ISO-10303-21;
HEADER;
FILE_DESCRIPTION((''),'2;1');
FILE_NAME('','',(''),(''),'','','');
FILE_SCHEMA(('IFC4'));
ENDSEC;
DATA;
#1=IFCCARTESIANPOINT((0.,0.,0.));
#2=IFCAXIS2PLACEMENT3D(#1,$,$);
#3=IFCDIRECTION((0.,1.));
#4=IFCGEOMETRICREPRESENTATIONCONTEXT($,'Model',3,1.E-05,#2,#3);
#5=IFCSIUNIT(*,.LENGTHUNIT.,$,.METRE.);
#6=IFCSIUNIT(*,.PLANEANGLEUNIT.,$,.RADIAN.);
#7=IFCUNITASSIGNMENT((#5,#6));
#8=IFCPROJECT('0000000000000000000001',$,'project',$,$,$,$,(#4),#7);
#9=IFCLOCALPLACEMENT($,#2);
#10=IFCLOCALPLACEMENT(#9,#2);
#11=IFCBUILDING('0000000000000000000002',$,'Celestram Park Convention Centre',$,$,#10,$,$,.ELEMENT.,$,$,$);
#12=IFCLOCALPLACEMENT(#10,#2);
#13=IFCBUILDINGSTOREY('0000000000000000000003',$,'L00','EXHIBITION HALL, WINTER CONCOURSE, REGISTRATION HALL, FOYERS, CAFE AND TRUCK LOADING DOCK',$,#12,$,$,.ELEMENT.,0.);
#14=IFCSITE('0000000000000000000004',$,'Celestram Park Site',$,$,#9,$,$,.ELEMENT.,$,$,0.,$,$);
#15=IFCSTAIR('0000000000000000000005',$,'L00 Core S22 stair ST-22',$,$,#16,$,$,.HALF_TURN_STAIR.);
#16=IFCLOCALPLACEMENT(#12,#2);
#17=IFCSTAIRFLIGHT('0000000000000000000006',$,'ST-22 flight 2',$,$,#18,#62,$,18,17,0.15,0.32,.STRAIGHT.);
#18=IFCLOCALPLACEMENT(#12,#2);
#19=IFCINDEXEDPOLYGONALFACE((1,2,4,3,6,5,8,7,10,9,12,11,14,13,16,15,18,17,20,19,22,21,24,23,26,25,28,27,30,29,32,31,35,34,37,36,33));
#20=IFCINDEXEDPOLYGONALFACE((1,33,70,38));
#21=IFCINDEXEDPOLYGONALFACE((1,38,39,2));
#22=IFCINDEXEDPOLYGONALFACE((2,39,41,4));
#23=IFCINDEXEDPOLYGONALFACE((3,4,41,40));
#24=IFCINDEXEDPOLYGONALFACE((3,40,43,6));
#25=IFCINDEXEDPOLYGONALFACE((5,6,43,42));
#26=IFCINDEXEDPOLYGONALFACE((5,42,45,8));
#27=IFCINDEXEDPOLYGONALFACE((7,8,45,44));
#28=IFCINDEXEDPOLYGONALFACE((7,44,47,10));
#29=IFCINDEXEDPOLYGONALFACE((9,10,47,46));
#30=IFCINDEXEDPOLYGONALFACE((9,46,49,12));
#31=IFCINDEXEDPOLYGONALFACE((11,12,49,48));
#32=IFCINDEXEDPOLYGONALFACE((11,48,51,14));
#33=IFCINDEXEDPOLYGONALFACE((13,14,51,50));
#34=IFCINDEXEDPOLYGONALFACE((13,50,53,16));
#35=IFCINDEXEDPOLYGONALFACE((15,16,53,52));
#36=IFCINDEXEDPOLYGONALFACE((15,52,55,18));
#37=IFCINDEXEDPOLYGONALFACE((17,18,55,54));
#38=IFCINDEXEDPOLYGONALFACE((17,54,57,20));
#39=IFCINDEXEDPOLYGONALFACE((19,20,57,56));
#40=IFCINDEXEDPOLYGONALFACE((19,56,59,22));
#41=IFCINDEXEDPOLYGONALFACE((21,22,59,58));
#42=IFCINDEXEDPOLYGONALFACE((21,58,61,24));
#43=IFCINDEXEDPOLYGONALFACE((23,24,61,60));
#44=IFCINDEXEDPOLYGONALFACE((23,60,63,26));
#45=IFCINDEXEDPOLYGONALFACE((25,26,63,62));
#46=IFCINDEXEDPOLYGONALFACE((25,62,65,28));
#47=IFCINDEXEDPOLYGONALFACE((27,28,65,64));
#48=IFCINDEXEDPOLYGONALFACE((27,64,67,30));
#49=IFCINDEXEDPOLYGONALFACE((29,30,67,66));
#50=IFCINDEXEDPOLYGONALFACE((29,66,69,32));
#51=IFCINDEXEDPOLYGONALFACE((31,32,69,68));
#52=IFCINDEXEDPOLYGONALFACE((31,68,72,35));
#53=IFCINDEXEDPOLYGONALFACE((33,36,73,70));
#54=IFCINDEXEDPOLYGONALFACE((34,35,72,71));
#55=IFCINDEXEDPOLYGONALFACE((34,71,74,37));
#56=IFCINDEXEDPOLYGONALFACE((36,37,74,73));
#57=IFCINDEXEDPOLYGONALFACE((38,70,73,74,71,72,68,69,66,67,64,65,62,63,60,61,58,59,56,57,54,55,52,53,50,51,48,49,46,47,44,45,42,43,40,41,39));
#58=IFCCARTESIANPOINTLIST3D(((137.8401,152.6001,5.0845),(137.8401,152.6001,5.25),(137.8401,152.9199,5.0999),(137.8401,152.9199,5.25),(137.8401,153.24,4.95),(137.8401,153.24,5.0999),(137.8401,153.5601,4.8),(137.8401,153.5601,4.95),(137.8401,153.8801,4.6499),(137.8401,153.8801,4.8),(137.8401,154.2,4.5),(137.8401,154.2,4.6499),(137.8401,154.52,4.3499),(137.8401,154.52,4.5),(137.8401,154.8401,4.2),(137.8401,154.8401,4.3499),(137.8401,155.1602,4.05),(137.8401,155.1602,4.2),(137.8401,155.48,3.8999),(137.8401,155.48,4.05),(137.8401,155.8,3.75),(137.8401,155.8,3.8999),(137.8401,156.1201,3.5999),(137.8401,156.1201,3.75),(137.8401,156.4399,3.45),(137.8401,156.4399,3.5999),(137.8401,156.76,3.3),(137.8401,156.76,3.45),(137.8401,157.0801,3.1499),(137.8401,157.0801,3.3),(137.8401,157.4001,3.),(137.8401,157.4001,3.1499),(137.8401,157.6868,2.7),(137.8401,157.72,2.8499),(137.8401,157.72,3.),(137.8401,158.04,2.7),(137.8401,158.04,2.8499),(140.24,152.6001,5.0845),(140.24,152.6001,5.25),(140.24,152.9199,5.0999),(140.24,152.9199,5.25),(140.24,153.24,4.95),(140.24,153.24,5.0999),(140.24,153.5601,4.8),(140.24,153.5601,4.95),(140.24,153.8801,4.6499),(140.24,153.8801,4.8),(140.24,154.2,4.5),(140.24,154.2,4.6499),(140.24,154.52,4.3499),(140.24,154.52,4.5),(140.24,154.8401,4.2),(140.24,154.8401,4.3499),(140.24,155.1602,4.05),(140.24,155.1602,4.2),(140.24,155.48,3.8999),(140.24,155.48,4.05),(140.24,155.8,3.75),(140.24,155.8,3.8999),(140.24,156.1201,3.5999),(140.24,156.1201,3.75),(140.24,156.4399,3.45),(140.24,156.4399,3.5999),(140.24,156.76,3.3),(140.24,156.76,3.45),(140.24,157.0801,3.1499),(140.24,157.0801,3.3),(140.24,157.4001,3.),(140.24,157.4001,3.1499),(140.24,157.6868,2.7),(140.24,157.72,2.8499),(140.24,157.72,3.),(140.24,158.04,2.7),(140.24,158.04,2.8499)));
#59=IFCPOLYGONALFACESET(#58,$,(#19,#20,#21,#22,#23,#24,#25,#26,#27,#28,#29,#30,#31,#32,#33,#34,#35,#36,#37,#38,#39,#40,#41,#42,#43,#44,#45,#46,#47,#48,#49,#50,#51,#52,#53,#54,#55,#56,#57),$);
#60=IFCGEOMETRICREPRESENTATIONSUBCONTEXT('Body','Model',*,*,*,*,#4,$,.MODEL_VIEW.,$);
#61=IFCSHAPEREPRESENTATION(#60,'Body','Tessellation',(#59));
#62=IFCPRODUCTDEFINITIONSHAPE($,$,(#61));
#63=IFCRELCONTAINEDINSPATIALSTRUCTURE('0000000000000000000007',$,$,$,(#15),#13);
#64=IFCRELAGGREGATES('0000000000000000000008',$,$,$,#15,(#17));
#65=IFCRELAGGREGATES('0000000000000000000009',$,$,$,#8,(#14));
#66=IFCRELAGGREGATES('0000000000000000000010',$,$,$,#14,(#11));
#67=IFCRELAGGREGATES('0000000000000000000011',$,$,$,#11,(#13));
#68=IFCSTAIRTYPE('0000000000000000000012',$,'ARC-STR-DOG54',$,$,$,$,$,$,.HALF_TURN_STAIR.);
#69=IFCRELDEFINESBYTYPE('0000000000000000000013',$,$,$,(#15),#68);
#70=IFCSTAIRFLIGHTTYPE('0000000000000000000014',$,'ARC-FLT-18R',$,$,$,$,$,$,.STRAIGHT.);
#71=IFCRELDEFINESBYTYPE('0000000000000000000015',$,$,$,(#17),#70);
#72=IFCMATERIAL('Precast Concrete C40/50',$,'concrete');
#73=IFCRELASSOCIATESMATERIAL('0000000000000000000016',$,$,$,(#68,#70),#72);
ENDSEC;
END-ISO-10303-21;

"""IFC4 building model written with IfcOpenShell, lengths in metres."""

from ifc_helpers import new_model, si_unit, direction, frame, origin, place, context, subcontext, project, spatial, polyline, outline, extrude, material, type_object, element, aggregate, save


model = new_model("IFC4")

# Units and contexts
model_context = context("Model", 3, precision=1e-05, world=origin(), true_north=direction((0.0, 1.0)))
body_context = subcontext(model_context, "Body", "Model", "MODEL_VIEW")
ifc_project = project(units=[si_unit("LENGTHUNIT", "METRE"), si_unit("PLANEANGLEUNIT", "RADIAN")], contexts=[model_context])

# Site, building, storey
site_placement = place(None, origin())
site = spatial("IfcSite", under=ifc_project, at=site_placement, Name="Celestram Park Site", CompositionType="ELEMENT", RefElevation=0.0)
building_placement = place(site_placement, origin())
building = spatial("IfcBuilding", under=site, at=building_placement, Name="Celestram Park Convention Centre", CompositionType="ELEMENT")
storey_placement = place(building_placement, origin())
storey = spatial("IfcBuildingStorey", under=building, at=storey_placement, Name="L00", Description="EXHIBITION HALL, WINTER CONCOURSE, REGISTRATION HALL, FOYERS, CAFE AND TRUCK LOADING DOCK", CompositionType="ELEMENT", Elevation=0.0)

# Shared definitions
ifc_material_1 = material(Name="Precast Concrete C40/50", Category="concrete")

# Stair, stair flight
stair_type = type_object("IfcStairType", Name="ARC-STR-DOG54", PredefinedType="HALF_TURN_STAIR", material=ifc_material_1)
stair_flight_type = type_object("IfcStairFlightType", Name="ARC-FLT-18R", PredefinedType="STRAIGHT", material=ifc_material_1)
stair_1_placement = place(storey_placement, origin())
stair_1 = element("IfcStair", 1, at=stair_1_placement, inside=storey, type_object=stair_type, Name="L00 Core S22 stair ST-22", PredefinedType="HALF_TURN_STAIR")
stair_flight_1_placement = place(storey_placement, frame((139.04, 158.04, 2.7), z_axis=(0.0, 0.0, 1.0), x_axis=(0.0, -1.0, 0.0)))
stair_flight_1 = element("IfcStairFlight", 2, at=stair_flight_1_placement, type_object=stair_flight_type, Name="ST-22 flight 2", NumberOfRisers=18, NumberOfTreads=17, PredefinedType="STRAIGHT", RiserHeight=0.15, TreadLength=0.32, context=body_context, shape_type="SweptSolid", body=[
    extrude(outline(polyline([(0.0, 0.0), (0.0, 0.1499), (0.3201, 0.1499), (0.3201, 0.3), (0.6399, 0.3), (0.6399, 0.45), (0.96, 0.45), (0.96, 0.6001), (1.28, 0.6001), (1.28, 0.75), (1.6001, 0.75), (1.6001, 0.8999), (1.9199, 0.8999), (1.9199, 1.05), (2.24, 1.05), (2.24, 1.2), (2.5601, 1.2), (2.5601, 1.3501), (2.8799, 1.3501), (2.8799, 1.5), (3.2, 1.5), (3.2, 1.6499), (3.52, 1.6499), (3.52, 1.8), (3.8401, 1.8), (3.8401, 1.95), (4.1599, 1.95), (4.1599, 2.1001), (4.48, 2.1001), (4.48, 2.25), (4.8, 2.25), (4.8, 2.3999), (5.1201, 2.3999), (5.1201, 2.55), (5.4399, 2.55), (5.4399, 2.7), (5.4399, 2.3845), (0.3533, 0.0), (0.0, 0.0)])), frame((0.0, 1.2, 0.0), z_axis=(0.0, -1.0, 0.0), x_axis=(1.0, 0.0, 0.0)), (0.0, 0.0, 1.0), 2.3999),
])
aggregate(stair_1, [stair_flight_1])

save(model, "model.ifc")
